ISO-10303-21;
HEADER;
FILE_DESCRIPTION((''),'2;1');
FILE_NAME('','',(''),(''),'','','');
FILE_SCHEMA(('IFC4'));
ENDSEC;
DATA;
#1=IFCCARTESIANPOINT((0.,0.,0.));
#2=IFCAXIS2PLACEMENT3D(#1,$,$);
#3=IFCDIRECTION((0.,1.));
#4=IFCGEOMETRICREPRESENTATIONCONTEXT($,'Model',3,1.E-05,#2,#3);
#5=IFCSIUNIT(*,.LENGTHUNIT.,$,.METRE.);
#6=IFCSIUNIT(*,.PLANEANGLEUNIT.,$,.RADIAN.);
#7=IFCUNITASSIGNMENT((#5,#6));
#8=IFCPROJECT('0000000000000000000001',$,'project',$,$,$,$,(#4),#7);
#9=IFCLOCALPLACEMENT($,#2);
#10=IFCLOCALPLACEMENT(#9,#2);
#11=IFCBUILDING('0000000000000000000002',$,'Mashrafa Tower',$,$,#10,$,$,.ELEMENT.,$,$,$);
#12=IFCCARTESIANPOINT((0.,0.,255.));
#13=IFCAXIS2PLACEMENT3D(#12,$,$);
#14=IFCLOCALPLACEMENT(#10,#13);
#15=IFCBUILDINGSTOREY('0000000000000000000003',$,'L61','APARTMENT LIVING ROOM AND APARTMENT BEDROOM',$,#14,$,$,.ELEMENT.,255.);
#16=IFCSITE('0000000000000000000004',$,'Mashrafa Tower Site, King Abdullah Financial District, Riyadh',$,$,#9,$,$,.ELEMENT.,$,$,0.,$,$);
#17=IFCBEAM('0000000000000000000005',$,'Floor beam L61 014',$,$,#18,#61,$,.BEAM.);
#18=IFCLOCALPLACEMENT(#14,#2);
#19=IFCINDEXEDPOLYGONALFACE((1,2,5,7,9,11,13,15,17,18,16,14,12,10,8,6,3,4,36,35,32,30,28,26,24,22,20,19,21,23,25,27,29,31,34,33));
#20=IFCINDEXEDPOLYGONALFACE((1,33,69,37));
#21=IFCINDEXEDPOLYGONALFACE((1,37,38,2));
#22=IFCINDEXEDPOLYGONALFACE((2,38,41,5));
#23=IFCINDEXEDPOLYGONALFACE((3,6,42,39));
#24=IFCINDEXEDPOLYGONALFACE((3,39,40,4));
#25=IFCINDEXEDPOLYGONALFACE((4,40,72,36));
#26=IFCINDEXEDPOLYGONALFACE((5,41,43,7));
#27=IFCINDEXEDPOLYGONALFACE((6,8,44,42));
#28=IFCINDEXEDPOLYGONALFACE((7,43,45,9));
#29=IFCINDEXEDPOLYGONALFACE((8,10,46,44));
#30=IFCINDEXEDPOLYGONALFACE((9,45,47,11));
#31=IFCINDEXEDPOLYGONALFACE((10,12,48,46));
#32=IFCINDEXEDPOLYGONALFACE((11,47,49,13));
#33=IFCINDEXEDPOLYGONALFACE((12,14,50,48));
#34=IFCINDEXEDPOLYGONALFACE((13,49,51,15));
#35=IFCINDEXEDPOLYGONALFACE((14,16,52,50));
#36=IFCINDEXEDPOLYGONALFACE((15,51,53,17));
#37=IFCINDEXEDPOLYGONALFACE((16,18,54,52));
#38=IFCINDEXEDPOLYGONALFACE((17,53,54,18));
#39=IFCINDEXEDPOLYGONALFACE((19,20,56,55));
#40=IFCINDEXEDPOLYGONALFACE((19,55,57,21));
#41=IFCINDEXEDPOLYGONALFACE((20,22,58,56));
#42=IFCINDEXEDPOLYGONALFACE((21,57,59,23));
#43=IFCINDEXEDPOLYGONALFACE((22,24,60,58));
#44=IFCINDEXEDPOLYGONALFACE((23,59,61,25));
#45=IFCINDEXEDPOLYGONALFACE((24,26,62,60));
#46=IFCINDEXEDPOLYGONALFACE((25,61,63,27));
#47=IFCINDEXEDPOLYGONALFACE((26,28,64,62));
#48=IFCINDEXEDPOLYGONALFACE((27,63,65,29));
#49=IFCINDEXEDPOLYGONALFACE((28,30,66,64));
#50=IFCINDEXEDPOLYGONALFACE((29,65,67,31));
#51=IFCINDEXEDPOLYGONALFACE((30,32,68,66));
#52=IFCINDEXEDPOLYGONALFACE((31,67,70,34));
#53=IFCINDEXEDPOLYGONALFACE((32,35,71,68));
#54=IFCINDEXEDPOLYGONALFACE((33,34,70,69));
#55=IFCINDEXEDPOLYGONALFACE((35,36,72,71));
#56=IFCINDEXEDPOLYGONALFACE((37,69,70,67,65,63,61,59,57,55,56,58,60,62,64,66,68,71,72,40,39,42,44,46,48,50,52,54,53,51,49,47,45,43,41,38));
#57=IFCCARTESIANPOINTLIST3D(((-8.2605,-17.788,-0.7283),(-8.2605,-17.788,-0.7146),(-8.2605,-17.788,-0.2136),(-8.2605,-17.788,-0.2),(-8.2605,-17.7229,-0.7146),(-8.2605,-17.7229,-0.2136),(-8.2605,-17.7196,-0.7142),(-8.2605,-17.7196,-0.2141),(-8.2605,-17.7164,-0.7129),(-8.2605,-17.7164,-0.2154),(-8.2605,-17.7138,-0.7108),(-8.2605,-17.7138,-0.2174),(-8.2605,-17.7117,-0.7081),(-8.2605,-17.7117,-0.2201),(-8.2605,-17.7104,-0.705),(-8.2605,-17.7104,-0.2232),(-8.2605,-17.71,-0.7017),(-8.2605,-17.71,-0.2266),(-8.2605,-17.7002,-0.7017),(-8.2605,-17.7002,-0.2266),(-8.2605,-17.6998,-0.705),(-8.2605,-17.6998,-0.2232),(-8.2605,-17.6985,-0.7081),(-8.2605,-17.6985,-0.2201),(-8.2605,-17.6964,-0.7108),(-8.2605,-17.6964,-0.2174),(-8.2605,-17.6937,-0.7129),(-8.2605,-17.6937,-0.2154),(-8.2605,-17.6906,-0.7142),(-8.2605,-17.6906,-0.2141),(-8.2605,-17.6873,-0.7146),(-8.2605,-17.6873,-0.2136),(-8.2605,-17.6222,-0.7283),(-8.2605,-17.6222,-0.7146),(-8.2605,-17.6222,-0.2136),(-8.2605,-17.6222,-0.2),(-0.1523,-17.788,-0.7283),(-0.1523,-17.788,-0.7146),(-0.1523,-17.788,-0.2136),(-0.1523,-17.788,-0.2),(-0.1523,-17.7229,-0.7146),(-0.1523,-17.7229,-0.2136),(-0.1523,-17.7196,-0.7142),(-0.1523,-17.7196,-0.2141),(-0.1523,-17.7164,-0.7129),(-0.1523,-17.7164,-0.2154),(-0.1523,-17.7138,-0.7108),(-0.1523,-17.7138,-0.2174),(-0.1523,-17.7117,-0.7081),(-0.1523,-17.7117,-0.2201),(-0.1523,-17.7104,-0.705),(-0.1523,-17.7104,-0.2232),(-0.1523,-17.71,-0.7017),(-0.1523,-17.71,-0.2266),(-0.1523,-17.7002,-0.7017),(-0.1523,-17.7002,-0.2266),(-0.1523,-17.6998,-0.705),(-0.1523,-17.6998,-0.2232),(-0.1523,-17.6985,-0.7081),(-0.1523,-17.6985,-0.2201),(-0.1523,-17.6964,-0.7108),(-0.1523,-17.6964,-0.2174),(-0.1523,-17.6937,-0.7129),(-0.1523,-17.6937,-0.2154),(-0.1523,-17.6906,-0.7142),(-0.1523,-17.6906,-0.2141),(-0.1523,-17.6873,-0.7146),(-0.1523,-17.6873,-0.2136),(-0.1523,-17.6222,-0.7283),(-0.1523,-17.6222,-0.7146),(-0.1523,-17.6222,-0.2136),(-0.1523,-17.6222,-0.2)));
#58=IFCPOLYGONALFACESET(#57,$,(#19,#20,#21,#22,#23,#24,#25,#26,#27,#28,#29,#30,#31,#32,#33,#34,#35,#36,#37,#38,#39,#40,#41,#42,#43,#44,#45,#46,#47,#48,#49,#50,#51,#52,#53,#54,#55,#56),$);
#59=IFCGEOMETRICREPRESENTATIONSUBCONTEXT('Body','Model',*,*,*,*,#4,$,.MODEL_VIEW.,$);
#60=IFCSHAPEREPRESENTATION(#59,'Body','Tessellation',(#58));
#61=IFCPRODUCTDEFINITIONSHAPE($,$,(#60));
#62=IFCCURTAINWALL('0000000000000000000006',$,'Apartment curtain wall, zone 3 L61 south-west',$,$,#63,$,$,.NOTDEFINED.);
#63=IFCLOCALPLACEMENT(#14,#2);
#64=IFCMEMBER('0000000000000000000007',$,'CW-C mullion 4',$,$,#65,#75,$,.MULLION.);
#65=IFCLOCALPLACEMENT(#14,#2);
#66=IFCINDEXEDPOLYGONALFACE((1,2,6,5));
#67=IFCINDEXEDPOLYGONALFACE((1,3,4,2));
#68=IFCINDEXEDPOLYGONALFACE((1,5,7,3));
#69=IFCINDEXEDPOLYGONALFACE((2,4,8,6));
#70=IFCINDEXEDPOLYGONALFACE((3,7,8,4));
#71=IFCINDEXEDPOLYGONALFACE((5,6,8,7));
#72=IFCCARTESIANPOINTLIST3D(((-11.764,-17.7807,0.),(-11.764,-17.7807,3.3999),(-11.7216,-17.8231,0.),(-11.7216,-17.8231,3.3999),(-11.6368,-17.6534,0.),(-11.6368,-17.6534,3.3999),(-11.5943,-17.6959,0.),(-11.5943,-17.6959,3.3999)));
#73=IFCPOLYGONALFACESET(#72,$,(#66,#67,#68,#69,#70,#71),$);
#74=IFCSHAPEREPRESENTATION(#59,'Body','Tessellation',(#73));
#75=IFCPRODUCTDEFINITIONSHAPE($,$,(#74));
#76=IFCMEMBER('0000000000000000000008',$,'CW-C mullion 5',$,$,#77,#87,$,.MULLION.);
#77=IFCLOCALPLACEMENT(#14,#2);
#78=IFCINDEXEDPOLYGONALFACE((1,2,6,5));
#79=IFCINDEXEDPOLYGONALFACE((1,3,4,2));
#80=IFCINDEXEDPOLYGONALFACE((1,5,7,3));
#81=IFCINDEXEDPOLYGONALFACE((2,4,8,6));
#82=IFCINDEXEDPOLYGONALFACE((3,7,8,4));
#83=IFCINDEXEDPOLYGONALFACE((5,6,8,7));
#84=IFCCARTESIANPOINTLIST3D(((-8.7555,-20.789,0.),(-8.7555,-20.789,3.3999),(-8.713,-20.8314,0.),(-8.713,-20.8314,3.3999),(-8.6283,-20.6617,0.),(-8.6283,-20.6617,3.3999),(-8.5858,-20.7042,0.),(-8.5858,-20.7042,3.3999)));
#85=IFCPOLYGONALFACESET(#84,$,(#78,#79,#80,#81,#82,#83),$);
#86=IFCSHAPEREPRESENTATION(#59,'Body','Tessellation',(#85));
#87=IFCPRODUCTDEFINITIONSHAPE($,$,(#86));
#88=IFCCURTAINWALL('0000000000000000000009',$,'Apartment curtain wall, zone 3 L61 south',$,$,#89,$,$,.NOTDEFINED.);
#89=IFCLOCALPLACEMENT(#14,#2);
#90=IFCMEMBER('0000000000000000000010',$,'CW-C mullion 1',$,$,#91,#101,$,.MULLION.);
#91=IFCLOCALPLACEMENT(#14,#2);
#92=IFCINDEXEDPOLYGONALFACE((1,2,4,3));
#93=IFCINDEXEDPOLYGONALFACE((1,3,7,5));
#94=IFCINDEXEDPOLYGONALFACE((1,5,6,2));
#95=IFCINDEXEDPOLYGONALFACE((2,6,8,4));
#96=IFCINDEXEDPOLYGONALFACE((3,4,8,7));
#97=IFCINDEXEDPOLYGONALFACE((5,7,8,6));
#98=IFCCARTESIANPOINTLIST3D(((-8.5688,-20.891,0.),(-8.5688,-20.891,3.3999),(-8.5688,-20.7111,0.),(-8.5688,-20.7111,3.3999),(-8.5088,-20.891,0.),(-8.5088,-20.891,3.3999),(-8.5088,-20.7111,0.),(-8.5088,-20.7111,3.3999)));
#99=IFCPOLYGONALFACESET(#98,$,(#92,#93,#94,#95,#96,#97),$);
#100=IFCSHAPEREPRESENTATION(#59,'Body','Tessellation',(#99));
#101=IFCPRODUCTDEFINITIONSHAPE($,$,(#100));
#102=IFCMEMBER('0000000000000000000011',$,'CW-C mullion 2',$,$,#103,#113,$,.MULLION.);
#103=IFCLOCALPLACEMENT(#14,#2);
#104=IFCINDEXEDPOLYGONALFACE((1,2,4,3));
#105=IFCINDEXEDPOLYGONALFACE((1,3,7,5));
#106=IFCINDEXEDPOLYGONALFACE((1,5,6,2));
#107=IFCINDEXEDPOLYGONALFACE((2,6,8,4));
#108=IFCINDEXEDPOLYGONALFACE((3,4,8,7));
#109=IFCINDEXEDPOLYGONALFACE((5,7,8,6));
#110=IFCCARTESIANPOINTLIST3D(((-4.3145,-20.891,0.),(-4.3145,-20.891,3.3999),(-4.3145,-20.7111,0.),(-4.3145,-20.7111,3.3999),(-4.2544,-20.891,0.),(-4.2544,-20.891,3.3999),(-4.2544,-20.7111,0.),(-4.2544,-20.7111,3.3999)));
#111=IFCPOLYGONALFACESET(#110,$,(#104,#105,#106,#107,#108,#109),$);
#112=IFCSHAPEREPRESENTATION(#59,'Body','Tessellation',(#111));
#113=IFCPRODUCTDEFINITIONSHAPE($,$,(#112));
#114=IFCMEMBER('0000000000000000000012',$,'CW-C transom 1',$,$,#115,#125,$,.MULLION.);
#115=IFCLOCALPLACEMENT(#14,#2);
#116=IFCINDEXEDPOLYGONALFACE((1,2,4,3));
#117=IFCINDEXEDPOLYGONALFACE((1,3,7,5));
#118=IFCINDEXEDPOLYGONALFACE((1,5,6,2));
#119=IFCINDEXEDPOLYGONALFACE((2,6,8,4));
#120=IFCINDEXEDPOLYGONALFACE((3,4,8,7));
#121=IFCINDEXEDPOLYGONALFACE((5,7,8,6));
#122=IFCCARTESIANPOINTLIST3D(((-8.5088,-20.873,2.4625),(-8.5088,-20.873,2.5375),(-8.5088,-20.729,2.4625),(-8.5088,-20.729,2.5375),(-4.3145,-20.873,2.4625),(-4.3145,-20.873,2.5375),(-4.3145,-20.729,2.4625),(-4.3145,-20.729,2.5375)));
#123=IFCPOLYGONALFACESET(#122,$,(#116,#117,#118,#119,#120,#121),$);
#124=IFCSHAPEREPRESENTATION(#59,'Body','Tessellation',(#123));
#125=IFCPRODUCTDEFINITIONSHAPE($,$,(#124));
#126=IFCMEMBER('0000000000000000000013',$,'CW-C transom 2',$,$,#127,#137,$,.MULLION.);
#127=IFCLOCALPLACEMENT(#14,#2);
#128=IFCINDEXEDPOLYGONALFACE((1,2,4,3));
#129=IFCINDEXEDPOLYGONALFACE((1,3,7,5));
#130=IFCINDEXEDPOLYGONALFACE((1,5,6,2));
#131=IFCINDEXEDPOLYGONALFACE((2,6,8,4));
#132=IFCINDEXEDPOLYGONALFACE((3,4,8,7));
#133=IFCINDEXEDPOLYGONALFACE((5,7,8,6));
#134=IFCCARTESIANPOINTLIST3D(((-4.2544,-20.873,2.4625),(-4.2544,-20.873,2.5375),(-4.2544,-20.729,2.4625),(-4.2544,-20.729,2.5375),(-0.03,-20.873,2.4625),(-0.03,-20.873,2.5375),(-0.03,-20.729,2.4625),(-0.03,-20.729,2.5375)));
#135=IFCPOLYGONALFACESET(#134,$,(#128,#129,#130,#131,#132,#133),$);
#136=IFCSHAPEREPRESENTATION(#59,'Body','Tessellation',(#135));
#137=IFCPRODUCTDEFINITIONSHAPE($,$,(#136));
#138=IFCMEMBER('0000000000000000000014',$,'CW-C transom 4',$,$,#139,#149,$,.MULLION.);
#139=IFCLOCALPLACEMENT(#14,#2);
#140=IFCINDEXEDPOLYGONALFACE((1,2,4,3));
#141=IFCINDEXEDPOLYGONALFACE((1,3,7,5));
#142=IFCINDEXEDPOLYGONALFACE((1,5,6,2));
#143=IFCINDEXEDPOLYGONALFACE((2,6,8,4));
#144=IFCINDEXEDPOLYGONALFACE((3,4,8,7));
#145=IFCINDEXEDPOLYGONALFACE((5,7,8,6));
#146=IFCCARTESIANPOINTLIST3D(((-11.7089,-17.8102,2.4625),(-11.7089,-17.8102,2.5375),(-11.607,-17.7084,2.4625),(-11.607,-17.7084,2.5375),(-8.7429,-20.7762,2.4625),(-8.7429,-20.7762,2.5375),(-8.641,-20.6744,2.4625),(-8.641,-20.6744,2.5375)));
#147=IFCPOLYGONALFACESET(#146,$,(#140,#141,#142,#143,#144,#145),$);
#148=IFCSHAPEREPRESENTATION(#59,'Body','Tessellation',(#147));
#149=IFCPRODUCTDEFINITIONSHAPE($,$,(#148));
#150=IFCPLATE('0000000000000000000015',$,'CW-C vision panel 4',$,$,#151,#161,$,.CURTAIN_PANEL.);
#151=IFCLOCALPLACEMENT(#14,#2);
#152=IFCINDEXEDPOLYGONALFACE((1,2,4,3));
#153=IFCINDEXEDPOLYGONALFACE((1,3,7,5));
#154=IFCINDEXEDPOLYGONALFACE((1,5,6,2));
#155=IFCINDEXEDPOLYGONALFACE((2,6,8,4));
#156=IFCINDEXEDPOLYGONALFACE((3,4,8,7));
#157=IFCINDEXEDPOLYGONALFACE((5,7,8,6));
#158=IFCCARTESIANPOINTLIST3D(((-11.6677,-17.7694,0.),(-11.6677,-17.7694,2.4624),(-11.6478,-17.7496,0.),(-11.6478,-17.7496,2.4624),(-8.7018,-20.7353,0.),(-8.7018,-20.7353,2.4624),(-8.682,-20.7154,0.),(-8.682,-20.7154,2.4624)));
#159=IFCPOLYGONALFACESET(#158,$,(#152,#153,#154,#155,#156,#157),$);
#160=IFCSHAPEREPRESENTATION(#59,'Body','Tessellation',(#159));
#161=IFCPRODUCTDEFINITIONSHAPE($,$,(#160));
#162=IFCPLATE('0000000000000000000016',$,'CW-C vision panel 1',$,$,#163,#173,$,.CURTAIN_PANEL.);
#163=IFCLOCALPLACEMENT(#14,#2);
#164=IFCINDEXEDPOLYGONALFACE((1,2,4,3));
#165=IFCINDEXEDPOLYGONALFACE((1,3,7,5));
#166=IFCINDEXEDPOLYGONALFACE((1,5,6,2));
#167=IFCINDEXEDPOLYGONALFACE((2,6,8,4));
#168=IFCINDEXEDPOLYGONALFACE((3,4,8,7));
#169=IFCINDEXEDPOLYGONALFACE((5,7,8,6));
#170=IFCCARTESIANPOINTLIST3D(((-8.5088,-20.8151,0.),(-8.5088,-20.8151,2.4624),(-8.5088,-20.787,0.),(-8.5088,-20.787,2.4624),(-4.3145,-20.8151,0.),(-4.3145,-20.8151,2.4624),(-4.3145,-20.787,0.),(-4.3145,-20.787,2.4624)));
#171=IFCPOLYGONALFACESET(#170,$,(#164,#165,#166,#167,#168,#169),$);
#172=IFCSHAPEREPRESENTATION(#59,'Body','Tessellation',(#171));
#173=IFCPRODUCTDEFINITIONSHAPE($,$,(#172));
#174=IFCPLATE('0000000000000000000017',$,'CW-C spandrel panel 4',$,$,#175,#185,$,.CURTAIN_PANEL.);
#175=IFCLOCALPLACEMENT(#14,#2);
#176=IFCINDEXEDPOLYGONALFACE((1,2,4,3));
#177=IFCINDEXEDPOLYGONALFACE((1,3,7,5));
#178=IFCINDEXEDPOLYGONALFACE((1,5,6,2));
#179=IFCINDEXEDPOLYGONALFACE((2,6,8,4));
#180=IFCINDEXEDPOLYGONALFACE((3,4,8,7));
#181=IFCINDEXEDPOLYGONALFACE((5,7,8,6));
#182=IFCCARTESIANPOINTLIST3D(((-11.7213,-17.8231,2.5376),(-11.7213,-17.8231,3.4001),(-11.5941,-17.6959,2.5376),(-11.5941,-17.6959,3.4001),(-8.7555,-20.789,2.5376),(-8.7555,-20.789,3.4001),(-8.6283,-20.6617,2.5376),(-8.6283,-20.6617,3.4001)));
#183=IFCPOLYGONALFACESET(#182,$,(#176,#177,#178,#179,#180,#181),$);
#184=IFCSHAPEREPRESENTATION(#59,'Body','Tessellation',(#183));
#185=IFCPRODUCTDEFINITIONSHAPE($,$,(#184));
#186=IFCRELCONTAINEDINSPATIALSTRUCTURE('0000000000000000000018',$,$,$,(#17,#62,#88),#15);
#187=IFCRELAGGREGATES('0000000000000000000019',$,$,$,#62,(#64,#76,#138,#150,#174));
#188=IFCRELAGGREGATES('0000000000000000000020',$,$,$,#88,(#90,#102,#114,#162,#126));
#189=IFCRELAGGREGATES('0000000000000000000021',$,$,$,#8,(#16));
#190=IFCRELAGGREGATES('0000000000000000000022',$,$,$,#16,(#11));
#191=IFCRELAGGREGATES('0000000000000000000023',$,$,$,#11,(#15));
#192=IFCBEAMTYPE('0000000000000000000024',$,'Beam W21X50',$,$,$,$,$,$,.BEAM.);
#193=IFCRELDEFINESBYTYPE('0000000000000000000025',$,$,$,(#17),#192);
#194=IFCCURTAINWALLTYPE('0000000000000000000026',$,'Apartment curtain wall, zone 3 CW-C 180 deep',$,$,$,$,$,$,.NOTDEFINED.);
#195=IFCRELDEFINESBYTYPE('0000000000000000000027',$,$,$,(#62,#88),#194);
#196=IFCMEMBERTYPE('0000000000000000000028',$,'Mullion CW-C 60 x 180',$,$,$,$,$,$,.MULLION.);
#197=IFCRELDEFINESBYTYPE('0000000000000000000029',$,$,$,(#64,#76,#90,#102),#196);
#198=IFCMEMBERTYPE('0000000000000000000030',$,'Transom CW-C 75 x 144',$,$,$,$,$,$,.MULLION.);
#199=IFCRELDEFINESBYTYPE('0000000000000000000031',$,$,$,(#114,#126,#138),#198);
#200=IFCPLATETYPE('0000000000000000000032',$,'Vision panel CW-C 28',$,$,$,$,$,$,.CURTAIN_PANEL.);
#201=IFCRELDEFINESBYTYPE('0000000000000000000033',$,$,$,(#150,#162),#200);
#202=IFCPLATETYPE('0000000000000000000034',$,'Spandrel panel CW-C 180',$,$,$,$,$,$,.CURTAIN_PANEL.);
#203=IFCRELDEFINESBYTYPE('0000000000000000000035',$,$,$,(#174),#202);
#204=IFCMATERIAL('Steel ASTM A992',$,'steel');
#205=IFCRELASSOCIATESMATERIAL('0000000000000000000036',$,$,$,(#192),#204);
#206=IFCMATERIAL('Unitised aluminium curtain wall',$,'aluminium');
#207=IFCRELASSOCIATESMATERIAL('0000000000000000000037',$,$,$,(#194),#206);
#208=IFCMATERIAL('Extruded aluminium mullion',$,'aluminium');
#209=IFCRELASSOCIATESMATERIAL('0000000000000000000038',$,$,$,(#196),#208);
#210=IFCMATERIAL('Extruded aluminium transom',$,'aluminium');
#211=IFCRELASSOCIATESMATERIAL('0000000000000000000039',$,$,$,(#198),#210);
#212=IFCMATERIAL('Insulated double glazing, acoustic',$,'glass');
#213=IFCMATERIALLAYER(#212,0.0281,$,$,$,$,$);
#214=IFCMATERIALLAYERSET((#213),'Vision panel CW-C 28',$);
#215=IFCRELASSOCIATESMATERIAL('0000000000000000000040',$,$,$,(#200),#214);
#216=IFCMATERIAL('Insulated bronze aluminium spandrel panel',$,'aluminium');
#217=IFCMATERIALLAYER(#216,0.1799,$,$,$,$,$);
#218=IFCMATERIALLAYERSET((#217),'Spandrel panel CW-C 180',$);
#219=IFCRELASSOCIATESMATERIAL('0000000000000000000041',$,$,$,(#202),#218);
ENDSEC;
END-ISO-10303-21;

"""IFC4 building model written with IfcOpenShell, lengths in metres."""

from ifc_helpers import new_model, si_unit, direction, frame, origin, origin_2d, place, context, subcontext, project, spatial, rectangle, i_section, extrude, source, transform, mapped, material, layer, layer_set, material_profile, profile_set, type_object, type_shapes, element, aggregate, save


model = new_model("IFC4")

# Units and contexts
model_context = context("Model", 3, precision=1e-05, world=origin(), true_north=direction((0.0, 1.0)))
body_context = subcontext(model_context, "Body", "Model", "MODEL_VIEW")
ifc_project = project(units=[si_unit("LENGTHUNIT", "METRE"), si_unit("PLANEANGLEUNIT", "RADIAN")], contexts=[model_context])

# Site, building, storey
site_placement = place(None, origin())
site = spatial("IfcSite", under=ifc_project, at=site_placement, Name="Mashrafa Tower Site, King Abdullah Financial District, Riyadh", CompositionType="ELEMENT", RefElevation=0.0)
building_placement = place(site_placement, origin())
building = spatial("IfcBuilding", under=site, at=building_placement, Name="Mashrafa Tower", CompositionType="ELEMENT")
storey_placement = place(building_placement, frame((0.0, 0.0, 255.0)))
storey = spatial("IfcBuildingStorey", under=building, at=storey_placement, Name="L61", Description="APARTMENT LIVING ROOM AND APARTMENT BEDROOM", CompositionType="ELEMENT", Elevation=255.0)

# Beam
ifc_material_1 = material(Name="Steel ASTM A992", Category="steel")
ifc_material_profile_1 = material_profile(ifc_material_1, i_section(OverallWidth=0.1658, OverallDepth=0.5283, WebThickness=0.0098, FlangeThickness=0.0137, FilletRadius=0.0129, at=origin_2d()), Name="W21X50")
ifc_profile_set_1 = profile_set([ifc_material_profile_1], Name="Steel ASTM A992")
beam_type_1 = type_object("IfcBeamType", Name="Beam W21X50", PredefinedType="BEAM", material=ifc_profile_set_1)
beam_1_placement = place(storey_placement, frame((-0.1523, -17.7051, -0.4641), z_axis=(-1.0, 0.0, 0.0), x_axis=(0.0, -1.0, 0.0)))
element("IfcBeam", 1, at=beam_1_placement, inside=storey, type_object=beam_type_1, Name="Floor beam L61 014", PredefinedType="BEAM", context=body_context, shape_type="SweptSolid", body=[
    extrude(i_section(OverallWidth=0.1658, OverallDepth=0.5283, WebThickness=0.0098, FlangeThickness=0.0137, FilletRadius=0.0129, at=origin_2d()), origin(), (0.0, 0.0, 1.0), 8.1082),
])

# Curtain walls, members
ifc_material_2 = material(Name="Unitised aluminium curtain wall", Category="aluminium")
curtain_wall_type = type_object("IfcCurtainWallType", Name="Apartment curtain wall, zone 3 CW-C 180 deep", PredefinedType="NOTDEFINED", material=ifc_material_2)
curtain_wall_1_placement = place(storey_placement, origin())
curtain_wall_1 = element("IfcCurtainWall", 2, at=curtain_wall_1_placement, inside=storey, type_object=curtain_wall_type, Name="Apartment curtain wall, zone 3 L61 south-west", PredefinedType="NOTDEFINED")
ifc_material_3 = material(Name="Extruded aluminium mullion", Category="aluminium")
ifc_material_profile_2 = material_profile(ifc_material_3, rectangle(XDim=0.1799, YDim=0.0601, at=origin_2d()), Name="Mullion 60x180")
ifc_profile_set_2 = profile_set([ifc_material_profile_2], Name="Extruded aluminium mullion")
member_type_1 = type_object("IfcMemberType", Name="Mullion CW-C 60 x 180", PredefinedType="MULLION", material=ifc_profile_set_2)
shared_shape_1 = source(origin(), body_context, "Body", "SweptSolid", [
    extrude(rectangle(XDim=0.1799, YDim=0.0601, at=origin_2d()), origin(), (0.0, 0.0, 1.0), 3.3999),
])
type_shapes(member_type_1, [shared_shape_1])
member_1_placement = place(storey_placement, frame((-11.6792, -17.7383, 0.0), z_axis=(0.0, 0.0, 1.0), x_axis=(0.707107, 0.707107, 0.0)))
member_1 = element("IfcMember", 3, at=member_1_placement, type_object=member_type_1, Name="CW-C mullion 4", PredefinedType="MULLION", context=body_context, shape_type="MappedRepresentation", body=[
    mapped(shared_shape_1, transform((0.0, 0.0, 0.0))),
])
member_2_placement = place(storey_placement, frame((-8.6707, -20.7466, 0.0), z_axis=(0.0, 0.0, 1.0), x_axis=(0.707107, 0.707107, 0.0)))
member_2 = element("IfcMember", 4, at=member_2_placement, type_object=member_type_1, Name="CW-C mullion 5", PredefinedType="MULLION", context=body_context, shape_type="MappedRepresentation", body=[
    mapped(shared_shape_1, transform((0.0, 0.0, 0.0))),
])
curtain_wall_2_placement = place(storey_placement, origin())
curtain_wall_2 = element("IfcCurtainWall", 5, at=curtain_wall_2_placement, inside=storey, type_object=curtain_wall_type, Name="Apartment curtain wall, zone 3 L61 south", PredefinedType="NOTDEFINED")
member_3_placement = place(storey_placement, frame((-8.5388, -20.801, 0.0), z_axis=(0.0, 0.0, 1.0), x_axis=(0.0, 1.0, 0.0)))
member_3 = element("IfcMember", 6, at=member_3_placement, type_object=member_type_1, Name="CW-C mullion 1", PredefinedType="MULLION", context=body_context, shape_type="MappedRepresentation", body=[
    mapped(shared_shape_1, transform((0.0, 0.0, 0.0))),
])
member_4_placement = place(storey_placement, frame((-4.2844, -20.801, 0.0), z_axis=(0.0, 0.0, 1.0), x_axis=(0.0, 1.0, 0.0)))
member_4 = element("IfcMember", 7, at=member_4_placement, type_object=member_type_1, Name="CW-C mullion 2", PredefinedType="MULLION", context=body_context, shape_type="MappedRepresentation", body=[
    mapped(shared_shape_1, transform((0.0, 0.0, 0.0))),
])
ifc_material_4 = material(Name="Extruded aluminium transom", Category="aluminium")
ifc_material_profile_3 = material_profile(ifc_material_4, rectangle(XDim=0.144, YDim=0.075, at=origin_2d()), Name="Transom 75x144")
ifc_profile_set_3 = profile_set([ifc_material_profile_3], Name="Extruded aluminium transom")
member_type_2 = type_object("IfcMemberType", Name="Transom CW-C 75 x 144", PredefinedType="MULLION", material=ifc_profile_set_3)
shared_shape_2 = source(origin(), body_context, "Body", "SweptSolid", [
    extrude(rectangle(XDim=0.144, YDim=0.075, at=origin_2d()), origin(), (0.0, 0.0, 1.0), 4.1943),
])
member_5_placement = place(storey_placement, frame((-8.5088, -20.801, 2.5), z_axis=(1.0, 0.0, 0.0), x_axis=(0.0, 1.0, 0.0)))
member_5 = element("IfcMember", 8, at=member_5_placement, type_object=member_type_2, Name="CW-C transom 1", PredefinedType="MULLION", context=body_context, shape_type="MappedRepresentation", body=[
    mapped(shared_shape_2, transform((0.0, 0.0, 0.0))),
])
shared_shape_3 = source(origin(), body_context, "Body", "SweptSolid", [
    extrude(rectangle(XDim=0.144, YDim=0.075, at=origin_2d()), origin(), (0.0, 0.0, 1.0), 4.2244),
])
member_6_placement = place(storey_placement, frame((-4.2544, -20.801, 2.5), z_axis=(1.0, 0.0, 0.0), x_axis=(0.0, 1.0, 0.0)))
member_6 = element("IfcMember", 9, at=member_6_placement, type_object=member_type_2, Name="CW-C transom 2", PredefinedType="MULLION", context=body_context, shape_type="MappedRepresentation", body=[
    mapped(shared_shape_3, transform((0.0, 0.0, 0.0))),
])

# Member
shared_shape_4 = source(origin(), body_context, "Body", "SweptSolid", [
    extrude(rectangle(XDim=0.144, YDim=0.075, at=origin_2d()), origin(), (0.0, 0.0, 1.0), 4.1946),
])
type_shapes(member_type_2, [shared_shape_2, shared_shape_3, shared_shape_4])
member_7_placement = place(storey_placement, frame((-11.658, -17.7593, 2.5), z_axis=(0.707107, -0.707107, 0.0), x_axis=(0.707107, 0.707107, 0.0)))
member_7 = element("IfcMember", 10, at=member_7_placement, type_object=member_type_2, Name="CW-C transom 4", PredefinedType="MULLION", context=body_context, shape_type="MappedRepresentation", body=[
    mapped(shared_shape_4, transform((0.0, 0.0, 0.0))),
])

# Plates
ifc_material_5 = material(Name="Insulated double glazing, acoustic", Category="glass")
ifc_layer_1 = layer(ifc_material_5, 0.0281)
ifc_layer_set_1 = layer_set([ifc_layer_1], Name="Vision panel CW-C 28")
plate_type_1 = type_object("IfcPlateType", Name="Vision panel CW-C 28", PredefinedType="CURTAIN_PANEL", material=ifc_layer_set_1)
shared_shape_5 = source(origin(), body_context, "Body", "SweptSolid", [
    extrude(rectangle(XDim=4.1943, YDim=0.0281, at=origin_2d()), origin(), (0.0, 0.0, 1.0), 2.4624),
])
plate_1_placement = place(storey_placement, frame((-10.1748, -19.2424, 0.0), z_axis=(0.0, 0.0, 1.0), x_axis=(0.707107, -0.707107, 0.0)))
plate_1 = element("IfcPlate", 11, at=plate_1_placement, type_object=plate_type_1, Name="CW-C vision panel 4", PredefinedType="CURTAIN_PANEL", context=body_context, shape_type="MappedRepresentation", body=[
    mapped(shared_shape_5, transform((0.0, 0.0, 0.0))),
])
plate_2_placement = place(storey_placement, frame((-6.4116, -20.801, 0.0), z_axis=(0.0, 0.0, 1.0), x_axis=(1.0, 0.0, 0.0)))
plate_2 = element("IfcPlate", 12, at=plate_2_placement, type_object=plate_type_1, Name="CW-C vision panel 1", PredefinedType="CURTAIN_PANEL", context=body_context, shape_type="MappedRepresentation", body=[
    mapped(shared_shape_5, transform((0.0, 0.0, 0.0))),
])
ifc_material_6 = material(Name="Insulated bronze aluminium spandrel panel", Category="aluminium")
ifc_layer_2 = layer(ifc_material_6, 0.1799)
ifc_layer_set_2 = layer_set([ifc_layer_2], Name="Spandrel panel CW-C 180")
plate_type_2 = type_object("IfcPlateType", Name="Spandrel panel CW-C 180", PredefinedType="CURTAIN_PANEL", material=ifc_layer_set_2)
shared_shape_6 = source(origin(), body_context, "Body", "SweptSolid", [
    extrude(rectangle(XDim=4.1943, YDim=0.1799, at=origin_2d()), origin(), (0.0, 0.0, 1.0), 0.8625),
])
plate_3_placement = place(storey_placement, frame((-10.1748, -19.2424, 2.5376), z_axis=(0.0, 0.0, 1.0), x_axis=(0.707107, -0.707107, 0.0)))
plate_3 = element("IfcPlate", 13, at=plate_3_placement, type_object=plate_type_2, Name="CW-C spandrel panel 4", PredefinedType="CURTAIN_PANEL", context=body_context, shape_type="MappedRepresentation", body=[
    mapped(shared_shape_6, transform((0.0, 0.0, 0.0))),
])
aggregate(curtain_wall_1, [member_1, member_2, member_7, plate_1, plate_3])
aggregate(curtain_wall_2, [member_3, member_4, member_5, plate_2, member_6])

save(model, "model.ifc")
